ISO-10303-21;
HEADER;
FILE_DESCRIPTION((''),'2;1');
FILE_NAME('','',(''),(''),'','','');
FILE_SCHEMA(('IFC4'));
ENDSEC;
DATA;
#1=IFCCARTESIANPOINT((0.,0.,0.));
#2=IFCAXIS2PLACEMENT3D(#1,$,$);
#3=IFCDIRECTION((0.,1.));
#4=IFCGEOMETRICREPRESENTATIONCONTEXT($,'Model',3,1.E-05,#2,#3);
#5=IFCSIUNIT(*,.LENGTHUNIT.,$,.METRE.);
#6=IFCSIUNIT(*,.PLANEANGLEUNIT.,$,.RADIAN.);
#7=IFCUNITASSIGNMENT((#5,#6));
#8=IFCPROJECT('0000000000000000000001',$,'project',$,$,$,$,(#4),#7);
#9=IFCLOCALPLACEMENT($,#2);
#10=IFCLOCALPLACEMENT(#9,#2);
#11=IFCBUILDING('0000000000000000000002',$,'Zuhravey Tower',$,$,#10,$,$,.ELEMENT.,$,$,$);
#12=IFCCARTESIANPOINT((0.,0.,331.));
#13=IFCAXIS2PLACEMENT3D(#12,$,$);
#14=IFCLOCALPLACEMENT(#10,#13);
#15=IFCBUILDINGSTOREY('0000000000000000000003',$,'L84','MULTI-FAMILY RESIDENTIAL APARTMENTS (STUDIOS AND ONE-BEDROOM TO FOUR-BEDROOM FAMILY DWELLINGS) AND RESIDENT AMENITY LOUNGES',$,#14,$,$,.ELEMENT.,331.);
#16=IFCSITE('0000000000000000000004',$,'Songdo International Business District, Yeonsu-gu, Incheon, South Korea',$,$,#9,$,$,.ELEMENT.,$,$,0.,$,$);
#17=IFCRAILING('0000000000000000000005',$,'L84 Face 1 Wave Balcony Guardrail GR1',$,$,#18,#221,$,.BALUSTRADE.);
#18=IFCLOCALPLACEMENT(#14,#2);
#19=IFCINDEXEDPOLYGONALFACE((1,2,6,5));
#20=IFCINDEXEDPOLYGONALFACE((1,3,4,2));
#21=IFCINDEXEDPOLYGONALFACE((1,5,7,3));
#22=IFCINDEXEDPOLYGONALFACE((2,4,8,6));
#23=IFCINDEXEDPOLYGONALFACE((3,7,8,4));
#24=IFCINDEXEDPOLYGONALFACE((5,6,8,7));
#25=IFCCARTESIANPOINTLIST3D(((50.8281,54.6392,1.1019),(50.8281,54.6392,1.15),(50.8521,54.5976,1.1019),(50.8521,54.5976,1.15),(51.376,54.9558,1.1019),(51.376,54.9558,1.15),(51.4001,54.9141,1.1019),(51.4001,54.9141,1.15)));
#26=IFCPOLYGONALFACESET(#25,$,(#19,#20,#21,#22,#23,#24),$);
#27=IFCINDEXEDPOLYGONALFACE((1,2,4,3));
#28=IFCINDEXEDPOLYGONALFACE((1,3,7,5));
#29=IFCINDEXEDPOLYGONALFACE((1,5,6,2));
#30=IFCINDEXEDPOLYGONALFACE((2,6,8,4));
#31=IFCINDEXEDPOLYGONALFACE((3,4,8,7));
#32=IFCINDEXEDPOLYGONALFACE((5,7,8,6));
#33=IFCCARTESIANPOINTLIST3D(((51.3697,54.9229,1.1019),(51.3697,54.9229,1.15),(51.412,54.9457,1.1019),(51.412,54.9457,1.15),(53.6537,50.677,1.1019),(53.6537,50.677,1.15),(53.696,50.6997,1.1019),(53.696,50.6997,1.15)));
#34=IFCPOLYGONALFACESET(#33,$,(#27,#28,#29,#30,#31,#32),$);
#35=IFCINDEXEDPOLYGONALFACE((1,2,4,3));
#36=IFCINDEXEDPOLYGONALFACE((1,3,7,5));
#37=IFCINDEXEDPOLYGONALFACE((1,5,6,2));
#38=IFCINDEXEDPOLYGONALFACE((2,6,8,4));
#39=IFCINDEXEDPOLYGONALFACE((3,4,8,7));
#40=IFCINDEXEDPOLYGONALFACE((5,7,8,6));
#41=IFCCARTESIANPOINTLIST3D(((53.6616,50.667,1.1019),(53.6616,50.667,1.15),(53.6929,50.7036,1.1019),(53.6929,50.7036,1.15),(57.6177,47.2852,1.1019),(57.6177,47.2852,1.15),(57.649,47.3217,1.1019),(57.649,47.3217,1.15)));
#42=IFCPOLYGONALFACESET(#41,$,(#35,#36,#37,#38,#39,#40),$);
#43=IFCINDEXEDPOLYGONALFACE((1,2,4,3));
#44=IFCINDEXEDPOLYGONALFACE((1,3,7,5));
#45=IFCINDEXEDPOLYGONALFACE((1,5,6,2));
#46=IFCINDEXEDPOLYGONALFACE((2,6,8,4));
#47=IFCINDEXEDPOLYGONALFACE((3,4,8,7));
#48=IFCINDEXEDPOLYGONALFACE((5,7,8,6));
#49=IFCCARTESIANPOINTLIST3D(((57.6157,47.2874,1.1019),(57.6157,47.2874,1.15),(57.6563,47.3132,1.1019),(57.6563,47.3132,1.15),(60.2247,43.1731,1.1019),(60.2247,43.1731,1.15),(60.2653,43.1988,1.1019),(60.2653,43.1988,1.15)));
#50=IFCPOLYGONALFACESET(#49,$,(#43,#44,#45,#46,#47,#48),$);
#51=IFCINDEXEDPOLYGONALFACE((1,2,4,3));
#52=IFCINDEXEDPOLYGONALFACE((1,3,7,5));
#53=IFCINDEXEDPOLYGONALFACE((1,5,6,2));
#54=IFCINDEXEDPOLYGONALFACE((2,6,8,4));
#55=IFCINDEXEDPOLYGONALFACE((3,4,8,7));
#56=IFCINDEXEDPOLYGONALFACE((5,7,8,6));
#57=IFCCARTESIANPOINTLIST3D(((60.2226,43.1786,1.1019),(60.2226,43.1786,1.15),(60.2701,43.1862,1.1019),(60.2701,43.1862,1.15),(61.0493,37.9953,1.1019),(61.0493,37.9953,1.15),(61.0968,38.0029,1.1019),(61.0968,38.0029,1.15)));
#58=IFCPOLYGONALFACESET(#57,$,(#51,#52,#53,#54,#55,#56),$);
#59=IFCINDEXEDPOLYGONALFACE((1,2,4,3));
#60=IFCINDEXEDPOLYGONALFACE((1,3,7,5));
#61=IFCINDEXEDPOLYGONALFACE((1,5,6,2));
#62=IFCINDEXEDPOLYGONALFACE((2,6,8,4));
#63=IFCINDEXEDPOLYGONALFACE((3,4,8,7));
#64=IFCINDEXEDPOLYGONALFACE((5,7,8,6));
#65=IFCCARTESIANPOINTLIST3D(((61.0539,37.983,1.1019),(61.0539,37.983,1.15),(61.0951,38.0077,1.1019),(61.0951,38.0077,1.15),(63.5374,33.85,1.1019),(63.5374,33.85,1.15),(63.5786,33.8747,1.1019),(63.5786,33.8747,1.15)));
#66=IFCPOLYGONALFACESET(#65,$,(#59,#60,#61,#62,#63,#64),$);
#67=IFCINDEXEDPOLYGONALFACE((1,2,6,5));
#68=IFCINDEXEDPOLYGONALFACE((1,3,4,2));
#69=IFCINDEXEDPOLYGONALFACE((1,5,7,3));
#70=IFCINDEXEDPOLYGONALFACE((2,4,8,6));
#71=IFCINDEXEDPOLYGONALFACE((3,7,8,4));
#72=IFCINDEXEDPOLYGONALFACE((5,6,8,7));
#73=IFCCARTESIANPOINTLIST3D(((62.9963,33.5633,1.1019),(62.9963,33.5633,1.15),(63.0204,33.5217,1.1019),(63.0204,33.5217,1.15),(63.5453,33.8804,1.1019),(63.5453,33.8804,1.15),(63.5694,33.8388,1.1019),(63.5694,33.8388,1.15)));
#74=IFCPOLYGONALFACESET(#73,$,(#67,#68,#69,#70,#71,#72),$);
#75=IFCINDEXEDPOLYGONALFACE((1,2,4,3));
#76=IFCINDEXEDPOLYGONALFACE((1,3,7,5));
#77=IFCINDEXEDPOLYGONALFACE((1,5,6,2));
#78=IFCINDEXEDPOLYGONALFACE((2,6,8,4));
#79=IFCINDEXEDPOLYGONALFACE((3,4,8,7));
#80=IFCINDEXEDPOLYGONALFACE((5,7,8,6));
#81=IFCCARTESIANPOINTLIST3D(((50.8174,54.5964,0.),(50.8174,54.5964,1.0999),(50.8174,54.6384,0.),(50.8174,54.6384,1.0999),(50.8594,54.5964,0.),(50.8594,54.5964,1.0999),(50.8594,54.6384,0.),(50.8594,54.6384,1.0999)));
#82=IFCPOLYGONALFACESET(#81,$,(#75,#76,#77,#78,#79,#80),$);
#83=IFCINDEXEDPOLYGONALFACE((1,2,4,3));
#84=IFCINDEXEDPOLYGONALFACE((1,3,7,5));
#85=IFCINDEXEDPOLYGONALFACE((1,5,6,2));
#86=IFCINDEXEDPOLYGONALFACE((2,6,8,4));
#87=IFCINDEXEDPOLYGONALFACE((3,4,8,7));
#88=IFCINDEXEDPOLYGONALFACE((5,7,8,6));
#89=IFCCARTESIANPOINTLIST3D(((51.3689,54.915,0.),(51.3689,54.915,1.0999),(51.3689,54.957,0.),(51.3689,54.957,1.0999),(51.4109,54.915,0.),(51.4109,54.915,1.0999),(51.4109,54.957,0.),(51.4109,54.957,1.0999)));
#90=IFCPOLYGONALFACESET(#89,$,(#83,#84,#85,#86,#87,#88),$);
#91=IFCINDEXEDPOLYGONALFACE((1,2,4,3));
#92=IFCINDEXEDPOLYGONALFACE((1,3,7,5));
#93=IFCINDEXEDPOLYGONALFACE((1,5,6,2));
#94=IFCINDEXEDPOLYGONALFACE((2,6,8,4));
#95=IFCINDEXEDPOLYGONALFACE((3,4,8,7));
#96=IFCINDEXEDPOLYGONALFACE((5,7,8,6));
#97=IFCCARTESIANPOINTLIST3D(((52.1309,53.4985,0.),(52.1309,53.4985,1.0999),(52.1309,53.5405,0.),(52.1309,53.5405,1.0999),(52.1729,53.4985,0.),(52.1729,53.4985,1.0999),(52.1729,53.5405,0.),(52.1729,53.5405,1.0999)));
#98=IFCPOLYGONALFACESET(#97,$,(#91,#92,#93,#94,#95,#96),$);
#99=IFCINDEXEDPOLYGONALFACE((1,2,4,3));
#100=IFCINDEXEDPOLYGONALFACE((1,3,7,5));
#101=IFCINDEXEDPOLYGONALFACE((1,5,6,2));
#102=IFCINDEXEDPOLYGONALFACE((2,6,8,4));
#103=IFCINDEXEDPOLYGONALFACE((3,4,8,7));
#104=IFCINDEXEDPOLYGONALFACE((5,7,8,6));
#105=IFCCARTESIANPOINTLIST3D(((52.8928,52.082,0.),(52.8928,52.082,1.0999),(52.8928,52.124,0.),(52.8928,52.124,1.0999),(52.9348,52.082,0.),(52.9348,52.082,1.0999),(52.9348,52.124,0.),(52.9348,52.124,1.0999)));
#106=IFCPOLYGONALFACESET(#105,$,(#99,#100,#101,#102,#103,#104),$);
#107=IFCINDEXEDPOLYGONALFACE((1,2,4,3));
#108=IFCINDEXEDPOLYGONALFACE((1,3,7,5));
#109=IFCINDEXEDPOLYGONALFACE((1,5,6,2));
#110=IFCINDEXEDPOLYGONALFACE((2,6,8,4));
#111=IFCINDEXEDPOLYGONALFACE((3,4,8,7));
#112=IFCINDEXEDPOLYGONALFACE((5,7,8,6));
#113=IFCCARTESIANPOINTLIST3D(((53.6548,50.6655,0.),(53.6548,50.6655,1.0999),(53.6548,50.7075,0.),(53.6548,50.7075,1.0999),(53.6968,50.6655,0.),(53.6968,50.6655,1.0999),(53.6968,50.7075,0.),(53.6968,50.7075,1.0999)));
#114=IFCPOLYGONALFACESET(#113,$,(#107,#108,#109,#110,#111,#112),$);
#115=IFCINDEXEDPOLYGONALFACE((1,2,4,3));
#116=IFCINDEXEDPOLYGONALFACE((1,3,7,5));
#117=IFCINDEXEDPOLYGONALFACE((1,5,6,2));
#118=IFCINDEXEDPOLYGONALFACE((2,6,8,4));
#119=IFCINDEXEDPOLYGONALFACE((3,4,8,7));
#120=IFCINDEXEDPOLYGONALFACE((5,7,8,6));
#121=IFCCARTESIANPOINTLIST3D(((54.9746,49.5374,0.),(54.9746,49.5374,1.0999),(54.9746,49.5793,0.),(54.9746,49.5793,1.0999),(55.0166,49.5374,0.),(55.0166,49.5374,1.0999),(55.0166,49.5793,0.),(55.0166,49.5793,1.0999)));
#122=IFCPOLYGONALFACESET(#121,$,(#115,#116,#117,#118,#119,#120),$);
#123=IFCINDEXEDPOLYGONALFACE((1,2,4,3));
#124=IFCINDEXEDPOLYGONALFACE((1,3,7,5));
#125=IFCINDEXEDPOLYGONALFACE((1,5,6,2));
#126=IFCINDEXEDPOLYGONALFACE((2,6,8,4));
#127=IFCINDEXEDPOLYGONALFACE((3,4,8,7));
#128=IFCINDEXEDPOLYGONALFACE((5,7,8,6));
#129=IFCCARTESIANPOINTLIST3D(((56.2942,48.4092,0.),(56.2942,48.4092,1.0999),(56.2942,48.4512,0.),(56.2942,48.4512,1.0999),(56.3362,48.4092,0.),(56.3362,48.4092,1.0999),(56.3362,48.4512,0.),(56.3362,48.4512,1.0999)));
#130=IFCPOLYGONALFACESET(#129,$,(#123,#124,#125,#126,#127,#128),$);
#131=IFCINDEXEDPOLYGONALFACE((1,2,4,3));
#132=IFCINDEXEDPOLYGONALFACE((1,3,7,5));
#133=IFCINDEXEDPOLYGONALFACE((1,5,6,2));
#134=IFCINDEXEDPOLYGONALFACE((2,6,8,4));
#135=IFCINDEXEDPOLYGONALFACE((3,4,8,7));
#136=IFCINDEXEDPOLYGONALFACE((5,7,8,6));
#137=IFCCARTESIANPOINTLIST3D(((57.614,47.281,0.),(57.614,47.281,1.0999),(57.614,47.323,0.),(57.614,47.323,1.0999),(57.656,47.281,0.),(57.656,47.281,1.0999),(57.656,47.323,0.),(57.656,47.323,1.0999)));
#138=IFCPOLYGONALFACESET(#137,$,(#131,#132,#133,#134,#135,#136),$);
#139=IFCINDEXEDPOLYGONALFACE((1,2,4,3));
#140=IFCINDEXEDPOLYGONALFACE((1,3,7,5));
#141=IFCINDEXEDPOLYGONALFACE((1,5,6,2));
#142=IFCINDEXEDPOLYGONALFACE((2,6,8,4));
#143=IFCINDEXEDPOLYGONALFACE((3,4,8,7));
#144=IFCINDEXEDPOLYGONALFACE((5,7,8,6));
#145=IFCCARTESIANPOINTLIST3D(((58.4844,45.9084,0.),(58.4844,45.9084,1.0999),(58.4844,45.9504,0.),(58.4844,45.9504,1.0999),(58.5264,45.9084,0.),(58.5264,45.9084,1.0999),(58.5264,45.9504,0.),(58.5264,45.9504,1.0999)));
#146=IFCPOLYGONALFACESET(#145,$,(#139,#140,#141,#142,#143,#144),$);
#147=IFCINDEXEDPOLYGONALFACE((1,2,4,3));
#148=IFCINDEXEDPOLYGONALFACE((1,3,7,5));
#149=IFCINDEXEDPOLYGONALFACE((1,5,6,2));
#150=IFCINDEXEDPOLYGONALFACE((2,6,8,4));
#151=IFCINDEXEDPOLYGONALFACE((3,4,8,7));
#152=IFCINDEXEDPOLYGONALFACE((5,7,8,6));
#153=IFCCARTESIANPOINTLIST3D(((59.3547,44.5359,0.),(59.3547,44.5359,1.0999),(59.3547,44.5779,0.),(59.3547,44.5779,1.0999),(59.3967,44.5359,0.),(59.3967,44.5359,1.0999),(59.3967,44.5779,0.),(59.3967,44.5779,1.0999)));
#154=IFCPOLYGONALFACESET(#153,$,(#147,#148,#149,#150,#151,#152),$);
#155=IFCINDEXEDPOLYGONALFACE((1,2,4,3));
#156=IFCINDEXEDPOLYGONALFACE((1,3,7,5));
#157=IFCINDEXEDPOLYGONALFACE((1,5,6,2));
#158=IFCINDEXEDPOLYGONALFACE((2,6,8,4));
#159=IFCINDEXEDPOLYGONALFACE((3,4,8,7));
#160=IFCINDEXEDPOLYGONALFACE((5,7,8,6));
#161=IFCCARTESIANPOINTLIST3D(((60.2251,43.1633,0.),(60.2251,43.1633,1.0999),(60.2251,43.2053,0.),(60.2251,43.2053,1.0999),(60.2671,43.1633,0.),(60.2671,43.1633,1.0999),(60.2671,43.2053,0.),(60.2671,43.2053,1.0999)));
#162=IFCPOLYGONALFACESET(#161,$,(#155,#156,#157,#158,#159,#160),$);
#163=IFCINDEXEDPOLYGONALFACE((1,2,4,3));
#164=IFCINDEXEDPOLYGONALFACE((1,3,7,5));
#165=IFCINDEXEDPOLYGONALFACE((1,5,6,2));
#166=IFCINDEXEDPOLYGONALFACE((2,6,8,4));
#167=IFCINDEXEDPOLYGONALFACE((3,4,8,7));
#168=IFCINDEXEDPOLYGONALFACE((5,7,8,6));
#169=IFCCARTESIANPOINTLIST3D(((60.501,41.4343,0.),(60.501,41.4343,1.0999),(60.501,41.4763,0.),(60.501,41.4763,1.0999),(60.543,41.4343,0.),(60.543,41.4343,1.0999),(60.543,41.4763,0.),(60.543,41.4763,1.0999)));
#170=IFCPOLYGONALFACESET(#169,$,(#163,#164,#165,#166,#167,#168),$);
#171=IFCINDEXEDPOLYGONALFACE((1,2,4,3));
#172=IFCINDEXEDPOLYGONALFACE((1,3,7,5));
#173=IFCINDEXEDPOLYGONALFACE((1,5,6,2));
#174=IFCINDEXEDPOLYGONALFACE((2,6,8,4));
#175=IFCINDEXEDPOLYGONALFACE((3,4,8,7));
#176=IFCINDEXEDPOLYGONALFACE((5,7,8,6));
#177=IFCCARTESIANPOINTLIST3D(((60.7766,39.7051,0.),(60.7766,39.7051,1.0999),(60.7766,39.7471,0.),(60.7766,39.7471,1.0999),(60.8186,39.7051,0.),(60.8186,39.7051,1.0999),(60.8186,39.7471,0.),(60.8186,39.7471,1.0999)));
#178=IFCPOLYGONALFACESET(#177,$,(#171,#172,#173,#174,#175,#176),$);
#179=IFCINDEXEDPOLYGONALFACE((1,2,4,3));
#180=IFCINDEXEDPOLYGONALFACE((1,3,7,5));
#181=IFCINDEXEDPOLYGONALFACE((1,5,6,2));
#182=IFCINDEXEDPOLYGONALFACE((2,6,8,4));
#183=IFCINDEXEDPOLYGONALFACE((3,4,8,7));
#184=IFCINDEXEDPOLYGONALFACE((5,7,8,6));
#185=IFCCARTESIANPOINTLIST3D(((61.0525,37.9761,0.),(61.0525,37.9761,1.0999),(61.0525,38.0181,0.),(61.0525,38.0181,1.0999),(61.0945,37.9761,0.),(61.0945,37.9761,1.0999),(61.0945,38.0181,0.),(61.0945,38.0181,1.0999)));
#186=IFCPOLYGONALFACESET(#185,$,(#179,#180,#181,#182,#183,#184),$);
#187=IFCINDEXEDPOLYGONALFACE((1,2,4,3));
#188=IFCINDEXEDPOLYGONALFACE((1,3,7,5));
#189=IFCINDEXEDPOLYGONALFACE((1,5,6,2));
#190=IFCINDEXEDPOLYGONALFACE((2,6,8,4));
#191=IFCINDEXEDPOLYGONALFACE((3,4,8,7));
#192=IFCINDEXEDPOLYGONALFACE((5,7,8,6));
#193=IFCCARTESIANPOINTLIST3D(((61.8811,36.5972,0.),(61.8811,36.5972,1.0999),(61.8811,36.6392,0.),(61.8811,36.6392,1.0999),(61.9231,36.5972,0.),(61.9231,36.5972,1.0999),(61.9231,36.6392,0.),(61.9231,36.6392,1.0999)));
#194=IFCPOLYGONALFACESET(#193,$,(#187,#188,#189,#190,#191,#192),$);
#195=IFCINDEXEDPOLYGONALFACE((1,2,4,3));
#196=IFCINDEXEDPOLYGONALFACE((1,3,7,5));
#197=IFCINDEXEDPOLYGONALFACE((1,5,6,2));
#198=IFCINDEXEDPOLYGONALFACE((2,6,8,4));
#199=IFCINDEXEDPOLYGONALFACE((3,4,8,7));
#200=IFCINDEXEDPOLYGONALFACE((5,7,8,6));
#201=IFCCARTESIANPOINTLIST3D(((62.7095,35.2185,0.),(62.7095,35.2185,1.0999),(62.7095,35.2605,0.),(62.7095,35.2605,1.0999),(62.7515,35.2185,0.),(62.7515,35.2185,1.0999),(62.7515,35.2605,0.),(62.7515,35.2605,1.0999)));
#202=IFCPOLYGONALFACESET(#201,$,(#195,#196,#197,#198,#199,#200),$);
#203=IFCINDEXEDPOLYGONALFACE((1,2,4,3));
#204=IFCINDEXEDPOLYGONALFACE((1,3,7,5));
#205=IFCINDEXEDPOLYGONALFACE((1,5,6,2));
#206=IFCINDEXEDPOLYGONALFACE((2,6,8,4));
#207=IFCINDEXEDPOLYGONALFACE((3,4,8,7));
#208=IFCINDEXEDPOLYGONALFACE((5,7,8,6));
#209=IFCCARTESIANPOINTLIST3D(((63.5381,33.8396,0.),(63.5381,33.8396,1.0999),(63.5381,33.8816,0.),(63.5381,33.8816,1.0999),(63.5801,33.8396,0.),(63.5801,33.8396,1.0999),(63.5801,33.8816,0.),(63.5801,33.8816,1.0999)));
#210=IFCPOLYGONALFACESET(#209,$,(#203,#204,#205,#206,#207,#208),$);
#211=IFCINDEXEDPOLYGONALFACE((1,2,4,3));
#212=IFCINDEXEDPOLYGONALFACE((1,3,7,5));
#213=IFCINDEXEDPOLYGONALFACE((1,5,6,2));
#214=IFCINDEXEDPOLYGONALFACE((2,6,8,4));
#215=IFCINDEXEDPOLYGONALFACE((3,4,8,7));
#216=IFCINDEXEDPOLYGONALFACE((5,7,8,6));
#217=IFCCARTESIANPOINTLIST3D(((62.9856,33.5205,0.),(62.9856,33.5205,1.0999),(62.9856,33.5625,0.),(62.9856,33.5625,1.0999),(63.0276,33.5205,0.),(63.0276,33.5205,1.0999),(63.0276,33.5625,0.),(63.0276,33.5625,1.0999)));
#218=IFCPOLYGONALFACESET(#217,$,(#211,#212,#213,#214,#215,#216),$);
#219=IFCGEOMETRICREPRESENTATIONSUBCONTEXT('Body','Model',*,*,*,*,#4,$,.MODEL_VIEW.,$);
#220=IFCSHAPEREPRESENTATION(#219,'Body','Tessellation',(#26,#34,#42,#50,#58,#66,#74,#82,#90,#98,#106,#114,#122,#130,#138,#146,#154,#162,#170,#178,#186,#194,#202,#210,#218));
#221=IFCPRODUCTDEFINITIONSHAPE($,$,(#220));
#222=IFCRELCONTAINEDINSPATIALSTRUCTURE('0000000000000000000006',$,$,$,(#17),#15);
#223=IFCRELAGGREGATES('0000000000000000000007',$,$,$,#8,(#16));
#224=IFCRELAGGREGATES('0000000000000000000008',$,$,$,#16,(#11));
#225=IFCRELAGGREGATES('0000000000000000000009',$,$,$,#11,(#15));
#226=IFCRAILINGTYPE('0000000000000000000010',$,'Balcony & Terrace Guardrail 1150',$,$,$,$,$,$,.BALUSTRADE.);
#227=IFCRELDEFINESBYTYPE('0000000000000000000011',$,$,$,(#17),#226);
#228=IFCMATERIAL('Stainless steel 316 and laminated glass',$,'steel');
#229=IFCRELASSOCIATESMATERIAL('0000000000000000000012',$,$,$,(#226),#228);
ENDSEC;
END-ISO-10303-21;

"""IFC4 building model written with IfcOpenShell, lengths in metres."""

from ifc_helpers import new_model, si_unit, direction, frame, origin, origin_2d, place, context, subcontext, project, spatial, rectangle, extrude, material, type_object, element, save


model = new_model("IFC4")

# Units and contexts
model_context = context("Model", 3, precision=1e-05, world=origin(), true_north=direction((0.0, 1.0)))
body_context = subcontext(model_context, "Body", "Model", "MODEL_VIEW")
ifc_project = project(units=[si_unit("LENGTHUNIT", "METRE"), si_unit("PLANEANGLEUNIT", "RADIAN")], contexts=[model_context])

# Site, building, storey
site_placement = place(None, origin())
site = spatial("IfcSite", under=ifc_project, at=site_placement, Name="Songdo International Business District, Yeonsu-gu, Incheon, South Korea", CompositionType="ELEMENT", RefElevation=0.0)
building_placement = place(site_placement, origin())
building = spatial("IfcBuilding", under=site, at=building_placement, Name="Zuhravey Tower", CompositionType="ELEMENT")
storey_placement = place(building_placement, frame((0.0, 0.0, 331.0)))
storey = spatial("IfcBuildingStorey", under=building, at=storey_placement, Name="L84", Description="MULTI-FAMILY RESIDENTIAL APARTMENTS (STUDIOS AND ONE-BEDROOM TO FOUR-BEDROOM FAMILY DWELLINGS) AND RESIDENT AMENITY LOUNGES", CompositionType="ELEMENT", Elevation=331.0)

# Railing
ifc_material_1 = material(Name="Stainless steel 316 and laminated glass", Category="steel")
railing_type = type_object("IfcRailingType", Name="Balcony & Terrace Guardrail 1150", PredefinedType="BALUSTRADE", material=ifc_material_1)
railing_placement = place(storey_placement, frame((50.8384, 54.6174, 0.0)))
element("IfcRailing", 1, at=railing_placement, inside=storey, type_object=railing_type, Name="L84 Face 1 Wave Balcony Guardrail GR1", PredefinedType="BALUSTRADE", context=body_context, shape_type="SweptSolid", body=[
    extrude(rectangle(XDim=0.0481, YDim=0.0481, at=origin_2d()), frame((0.0017, 0.001, 1.126), z_axis=(0.865898, 0.50022, 0.0), x_axis=(-0.50022, 0.865898, 0.0)), (0.0, 0.0, 1.0), 0.6328),
    extrude(rectangle(XDim=0.0481, YDim=0.0481, at=origin_2d()), frame((0.5525, 0.3169, 1.126), z_axis=(0.473729, -0.880671, 0.0), x_axis=(0.880671, 0.473729, 0.0)), (0.0, 0.0, 1.0), 4.8213),
    extrude(rectangle(XDim=0.0481, YDim=0.0481, at=origin_2d()), frame((2.8389, -3.9321, 1.126), z_axis=(0.760119, -0.649783, 0.0), x_axis=(0.649783, 0.760119, 0.0)), (0.0, 0.0, 1.0), 5.2046),
    extrude(rectangle(XDim=0.0481, YDim=0.0481, at=origin_2d()), frame((6.7976, -7.3171, 1.126), z_axis=(0.535524, -0.84452, 0.0), x_axis=(0.84452, 0.535524, 0.0)), (0.0, 0.0, 1.0), 4.8718),
    extrude(rectangle(XDim=0.0481, YDim=0.0481, at=origin_2d()), frame((9.408, -11.4351, 1.126), z_axis=(0.157514, -0.987517, 0.0), x_axis=(0.987517, 0.157514, 0.0)), (0.0, 0.0, 1.0), 5.2488),
    extrude(rectangle(XDim=0.0481, YDim=0.0481, at=origin_2d()), frame((10.2361, -16.6221, 1.126), z_axis=(0.515061, -0.857153, 0.0), x_axis=(0.857153, 0.515061, 0.0)), (0.0, 0.0, 1.0), 4.8218),
    extrude(rectangle(XDim=0.0481, YDim=0.0481, at=origin_2d()), frame((12.719, -20.7578, 1.126), z_axis=(-0.86595, -0.500131, 0.0), x_axis=(0.500131, -0.86595, 0.0)), (0.0, 0.0, 1.0), 0.634),
    extrude(rectangle(XDim=0.042, YDim=0.042, at=origin_2d()), origin(), (0.0, 0.0, 1.0), 1.0999),
    extrude(rectangle(XDim=0.042, YDim=0.042, at=origin_2d()), frame((0.5515, 0.3186, 0.0)), (0.0, 0.0, 1.0), 1.0999),
    extrude(rectangle(XDim=0.042, YDim=0.042, at=origin_2d()), frame((1.3135, -1.0979, 0.0)), (0.0, 0.0, 1.0), 1.0999),
    extrude(rectangle(XDim=0.042, YDim=0.042, at=origin_2d()), frame((2.0754, -2.5144, 0.0)), (0.0, 0.0, 1.0), 1.0999),
    extrude(rectangle(XDim=0.042, YDim=0.042, at=origin_2d()), frame((2.8374, -3.9309, 0.0)), (0.0, 0.0, 1.0), 1.0999),
    extrude(rectangle(XDim=0.042, YDim=0.042, at=origin_2d()), frame((4.1572, -5.0591, 0.0)), (0.0, 0.0, 1.0), 1.0999),
    extrude(rectangle(XDim=0.042, YDim=0.042, at=origin_2d()), frame((5.4768, -6.1873, 0.0)), (0.0, 0.0, 1.0), 1.0999),
    extrude(rectangle(XDim=0.042, YDim=0.042, at=origin_2d()), frame((6.7966, -7.3154, 0.0)), (0.0, 0.0, 1.0), 1.0999),
    extrude(rectangle(XDim=0.042, YDim=0.042, at=origin_2d()), frame((7.667, -8.688, 0.0)), (0.0, 0.0, 1.0), 1.0999),
    extrude(rectangle(XDim=0.042, YDim=0.042, at=origin_2d()), frame((8.5374, -10.0605, 0.0)), (0.0, 0.0, 1.0), 1.0999),
    extrude(rectangle(XDim=0.042, YDim=0.042, at=origin_2d()), frame((9.4077, -11.4331, 0.0)), (0.0, 0.0, 1.0), 1.0999),
    extrude(rectangle(XDim=0.042, YDim=0.042, at=origin_2d()), frame((9.6836, -13.1621, 0.0)), (0.0, 0.0, 1.0), 1.0999),
    extrude(rectangle(XDim=0.042, YDim=0.042, at=origin_2d()), frame((9.9592, -14.8914, 0.0)), (0.0, 0.0, 1.0), 1.0999),
    extrude(rectangle(XDim=0.042, YDim=0.042, at=origin_2d()), frame((10.2351, -16.6204, 0.0)), (0.0, 0.0, 1.0), 1.0999),
    extrude(rectangle(XDim=0.042, YDim=0.042, at=origin_2d()), frame((11.0637, -17.9993, 0.0)), (0.0, 0.0, 1.0), 1.0999),
    extrude(rectangle(XDim=0.042, YDim=0.042, at=origin_2d()), frame((11.8921, -19.3779, 0.0)), (0.0, 0.0, 1.0), 1.0999),
    extrude(rectangle(XDim=0.042, YDim=0.042, at=origin_2d()), frame((12.7207, -20.7568, 0.0)), (0.0, 0.0, 1.0), 1.0999),
    extrude(rectangle(XDim=0.042, YDim=0.042, at=origin_2d()), frame((12.1682, -21.0759, 0.0)), (0.0, 0.0, 1.0), 1.0999),
])

save(model, "model.ifc")
